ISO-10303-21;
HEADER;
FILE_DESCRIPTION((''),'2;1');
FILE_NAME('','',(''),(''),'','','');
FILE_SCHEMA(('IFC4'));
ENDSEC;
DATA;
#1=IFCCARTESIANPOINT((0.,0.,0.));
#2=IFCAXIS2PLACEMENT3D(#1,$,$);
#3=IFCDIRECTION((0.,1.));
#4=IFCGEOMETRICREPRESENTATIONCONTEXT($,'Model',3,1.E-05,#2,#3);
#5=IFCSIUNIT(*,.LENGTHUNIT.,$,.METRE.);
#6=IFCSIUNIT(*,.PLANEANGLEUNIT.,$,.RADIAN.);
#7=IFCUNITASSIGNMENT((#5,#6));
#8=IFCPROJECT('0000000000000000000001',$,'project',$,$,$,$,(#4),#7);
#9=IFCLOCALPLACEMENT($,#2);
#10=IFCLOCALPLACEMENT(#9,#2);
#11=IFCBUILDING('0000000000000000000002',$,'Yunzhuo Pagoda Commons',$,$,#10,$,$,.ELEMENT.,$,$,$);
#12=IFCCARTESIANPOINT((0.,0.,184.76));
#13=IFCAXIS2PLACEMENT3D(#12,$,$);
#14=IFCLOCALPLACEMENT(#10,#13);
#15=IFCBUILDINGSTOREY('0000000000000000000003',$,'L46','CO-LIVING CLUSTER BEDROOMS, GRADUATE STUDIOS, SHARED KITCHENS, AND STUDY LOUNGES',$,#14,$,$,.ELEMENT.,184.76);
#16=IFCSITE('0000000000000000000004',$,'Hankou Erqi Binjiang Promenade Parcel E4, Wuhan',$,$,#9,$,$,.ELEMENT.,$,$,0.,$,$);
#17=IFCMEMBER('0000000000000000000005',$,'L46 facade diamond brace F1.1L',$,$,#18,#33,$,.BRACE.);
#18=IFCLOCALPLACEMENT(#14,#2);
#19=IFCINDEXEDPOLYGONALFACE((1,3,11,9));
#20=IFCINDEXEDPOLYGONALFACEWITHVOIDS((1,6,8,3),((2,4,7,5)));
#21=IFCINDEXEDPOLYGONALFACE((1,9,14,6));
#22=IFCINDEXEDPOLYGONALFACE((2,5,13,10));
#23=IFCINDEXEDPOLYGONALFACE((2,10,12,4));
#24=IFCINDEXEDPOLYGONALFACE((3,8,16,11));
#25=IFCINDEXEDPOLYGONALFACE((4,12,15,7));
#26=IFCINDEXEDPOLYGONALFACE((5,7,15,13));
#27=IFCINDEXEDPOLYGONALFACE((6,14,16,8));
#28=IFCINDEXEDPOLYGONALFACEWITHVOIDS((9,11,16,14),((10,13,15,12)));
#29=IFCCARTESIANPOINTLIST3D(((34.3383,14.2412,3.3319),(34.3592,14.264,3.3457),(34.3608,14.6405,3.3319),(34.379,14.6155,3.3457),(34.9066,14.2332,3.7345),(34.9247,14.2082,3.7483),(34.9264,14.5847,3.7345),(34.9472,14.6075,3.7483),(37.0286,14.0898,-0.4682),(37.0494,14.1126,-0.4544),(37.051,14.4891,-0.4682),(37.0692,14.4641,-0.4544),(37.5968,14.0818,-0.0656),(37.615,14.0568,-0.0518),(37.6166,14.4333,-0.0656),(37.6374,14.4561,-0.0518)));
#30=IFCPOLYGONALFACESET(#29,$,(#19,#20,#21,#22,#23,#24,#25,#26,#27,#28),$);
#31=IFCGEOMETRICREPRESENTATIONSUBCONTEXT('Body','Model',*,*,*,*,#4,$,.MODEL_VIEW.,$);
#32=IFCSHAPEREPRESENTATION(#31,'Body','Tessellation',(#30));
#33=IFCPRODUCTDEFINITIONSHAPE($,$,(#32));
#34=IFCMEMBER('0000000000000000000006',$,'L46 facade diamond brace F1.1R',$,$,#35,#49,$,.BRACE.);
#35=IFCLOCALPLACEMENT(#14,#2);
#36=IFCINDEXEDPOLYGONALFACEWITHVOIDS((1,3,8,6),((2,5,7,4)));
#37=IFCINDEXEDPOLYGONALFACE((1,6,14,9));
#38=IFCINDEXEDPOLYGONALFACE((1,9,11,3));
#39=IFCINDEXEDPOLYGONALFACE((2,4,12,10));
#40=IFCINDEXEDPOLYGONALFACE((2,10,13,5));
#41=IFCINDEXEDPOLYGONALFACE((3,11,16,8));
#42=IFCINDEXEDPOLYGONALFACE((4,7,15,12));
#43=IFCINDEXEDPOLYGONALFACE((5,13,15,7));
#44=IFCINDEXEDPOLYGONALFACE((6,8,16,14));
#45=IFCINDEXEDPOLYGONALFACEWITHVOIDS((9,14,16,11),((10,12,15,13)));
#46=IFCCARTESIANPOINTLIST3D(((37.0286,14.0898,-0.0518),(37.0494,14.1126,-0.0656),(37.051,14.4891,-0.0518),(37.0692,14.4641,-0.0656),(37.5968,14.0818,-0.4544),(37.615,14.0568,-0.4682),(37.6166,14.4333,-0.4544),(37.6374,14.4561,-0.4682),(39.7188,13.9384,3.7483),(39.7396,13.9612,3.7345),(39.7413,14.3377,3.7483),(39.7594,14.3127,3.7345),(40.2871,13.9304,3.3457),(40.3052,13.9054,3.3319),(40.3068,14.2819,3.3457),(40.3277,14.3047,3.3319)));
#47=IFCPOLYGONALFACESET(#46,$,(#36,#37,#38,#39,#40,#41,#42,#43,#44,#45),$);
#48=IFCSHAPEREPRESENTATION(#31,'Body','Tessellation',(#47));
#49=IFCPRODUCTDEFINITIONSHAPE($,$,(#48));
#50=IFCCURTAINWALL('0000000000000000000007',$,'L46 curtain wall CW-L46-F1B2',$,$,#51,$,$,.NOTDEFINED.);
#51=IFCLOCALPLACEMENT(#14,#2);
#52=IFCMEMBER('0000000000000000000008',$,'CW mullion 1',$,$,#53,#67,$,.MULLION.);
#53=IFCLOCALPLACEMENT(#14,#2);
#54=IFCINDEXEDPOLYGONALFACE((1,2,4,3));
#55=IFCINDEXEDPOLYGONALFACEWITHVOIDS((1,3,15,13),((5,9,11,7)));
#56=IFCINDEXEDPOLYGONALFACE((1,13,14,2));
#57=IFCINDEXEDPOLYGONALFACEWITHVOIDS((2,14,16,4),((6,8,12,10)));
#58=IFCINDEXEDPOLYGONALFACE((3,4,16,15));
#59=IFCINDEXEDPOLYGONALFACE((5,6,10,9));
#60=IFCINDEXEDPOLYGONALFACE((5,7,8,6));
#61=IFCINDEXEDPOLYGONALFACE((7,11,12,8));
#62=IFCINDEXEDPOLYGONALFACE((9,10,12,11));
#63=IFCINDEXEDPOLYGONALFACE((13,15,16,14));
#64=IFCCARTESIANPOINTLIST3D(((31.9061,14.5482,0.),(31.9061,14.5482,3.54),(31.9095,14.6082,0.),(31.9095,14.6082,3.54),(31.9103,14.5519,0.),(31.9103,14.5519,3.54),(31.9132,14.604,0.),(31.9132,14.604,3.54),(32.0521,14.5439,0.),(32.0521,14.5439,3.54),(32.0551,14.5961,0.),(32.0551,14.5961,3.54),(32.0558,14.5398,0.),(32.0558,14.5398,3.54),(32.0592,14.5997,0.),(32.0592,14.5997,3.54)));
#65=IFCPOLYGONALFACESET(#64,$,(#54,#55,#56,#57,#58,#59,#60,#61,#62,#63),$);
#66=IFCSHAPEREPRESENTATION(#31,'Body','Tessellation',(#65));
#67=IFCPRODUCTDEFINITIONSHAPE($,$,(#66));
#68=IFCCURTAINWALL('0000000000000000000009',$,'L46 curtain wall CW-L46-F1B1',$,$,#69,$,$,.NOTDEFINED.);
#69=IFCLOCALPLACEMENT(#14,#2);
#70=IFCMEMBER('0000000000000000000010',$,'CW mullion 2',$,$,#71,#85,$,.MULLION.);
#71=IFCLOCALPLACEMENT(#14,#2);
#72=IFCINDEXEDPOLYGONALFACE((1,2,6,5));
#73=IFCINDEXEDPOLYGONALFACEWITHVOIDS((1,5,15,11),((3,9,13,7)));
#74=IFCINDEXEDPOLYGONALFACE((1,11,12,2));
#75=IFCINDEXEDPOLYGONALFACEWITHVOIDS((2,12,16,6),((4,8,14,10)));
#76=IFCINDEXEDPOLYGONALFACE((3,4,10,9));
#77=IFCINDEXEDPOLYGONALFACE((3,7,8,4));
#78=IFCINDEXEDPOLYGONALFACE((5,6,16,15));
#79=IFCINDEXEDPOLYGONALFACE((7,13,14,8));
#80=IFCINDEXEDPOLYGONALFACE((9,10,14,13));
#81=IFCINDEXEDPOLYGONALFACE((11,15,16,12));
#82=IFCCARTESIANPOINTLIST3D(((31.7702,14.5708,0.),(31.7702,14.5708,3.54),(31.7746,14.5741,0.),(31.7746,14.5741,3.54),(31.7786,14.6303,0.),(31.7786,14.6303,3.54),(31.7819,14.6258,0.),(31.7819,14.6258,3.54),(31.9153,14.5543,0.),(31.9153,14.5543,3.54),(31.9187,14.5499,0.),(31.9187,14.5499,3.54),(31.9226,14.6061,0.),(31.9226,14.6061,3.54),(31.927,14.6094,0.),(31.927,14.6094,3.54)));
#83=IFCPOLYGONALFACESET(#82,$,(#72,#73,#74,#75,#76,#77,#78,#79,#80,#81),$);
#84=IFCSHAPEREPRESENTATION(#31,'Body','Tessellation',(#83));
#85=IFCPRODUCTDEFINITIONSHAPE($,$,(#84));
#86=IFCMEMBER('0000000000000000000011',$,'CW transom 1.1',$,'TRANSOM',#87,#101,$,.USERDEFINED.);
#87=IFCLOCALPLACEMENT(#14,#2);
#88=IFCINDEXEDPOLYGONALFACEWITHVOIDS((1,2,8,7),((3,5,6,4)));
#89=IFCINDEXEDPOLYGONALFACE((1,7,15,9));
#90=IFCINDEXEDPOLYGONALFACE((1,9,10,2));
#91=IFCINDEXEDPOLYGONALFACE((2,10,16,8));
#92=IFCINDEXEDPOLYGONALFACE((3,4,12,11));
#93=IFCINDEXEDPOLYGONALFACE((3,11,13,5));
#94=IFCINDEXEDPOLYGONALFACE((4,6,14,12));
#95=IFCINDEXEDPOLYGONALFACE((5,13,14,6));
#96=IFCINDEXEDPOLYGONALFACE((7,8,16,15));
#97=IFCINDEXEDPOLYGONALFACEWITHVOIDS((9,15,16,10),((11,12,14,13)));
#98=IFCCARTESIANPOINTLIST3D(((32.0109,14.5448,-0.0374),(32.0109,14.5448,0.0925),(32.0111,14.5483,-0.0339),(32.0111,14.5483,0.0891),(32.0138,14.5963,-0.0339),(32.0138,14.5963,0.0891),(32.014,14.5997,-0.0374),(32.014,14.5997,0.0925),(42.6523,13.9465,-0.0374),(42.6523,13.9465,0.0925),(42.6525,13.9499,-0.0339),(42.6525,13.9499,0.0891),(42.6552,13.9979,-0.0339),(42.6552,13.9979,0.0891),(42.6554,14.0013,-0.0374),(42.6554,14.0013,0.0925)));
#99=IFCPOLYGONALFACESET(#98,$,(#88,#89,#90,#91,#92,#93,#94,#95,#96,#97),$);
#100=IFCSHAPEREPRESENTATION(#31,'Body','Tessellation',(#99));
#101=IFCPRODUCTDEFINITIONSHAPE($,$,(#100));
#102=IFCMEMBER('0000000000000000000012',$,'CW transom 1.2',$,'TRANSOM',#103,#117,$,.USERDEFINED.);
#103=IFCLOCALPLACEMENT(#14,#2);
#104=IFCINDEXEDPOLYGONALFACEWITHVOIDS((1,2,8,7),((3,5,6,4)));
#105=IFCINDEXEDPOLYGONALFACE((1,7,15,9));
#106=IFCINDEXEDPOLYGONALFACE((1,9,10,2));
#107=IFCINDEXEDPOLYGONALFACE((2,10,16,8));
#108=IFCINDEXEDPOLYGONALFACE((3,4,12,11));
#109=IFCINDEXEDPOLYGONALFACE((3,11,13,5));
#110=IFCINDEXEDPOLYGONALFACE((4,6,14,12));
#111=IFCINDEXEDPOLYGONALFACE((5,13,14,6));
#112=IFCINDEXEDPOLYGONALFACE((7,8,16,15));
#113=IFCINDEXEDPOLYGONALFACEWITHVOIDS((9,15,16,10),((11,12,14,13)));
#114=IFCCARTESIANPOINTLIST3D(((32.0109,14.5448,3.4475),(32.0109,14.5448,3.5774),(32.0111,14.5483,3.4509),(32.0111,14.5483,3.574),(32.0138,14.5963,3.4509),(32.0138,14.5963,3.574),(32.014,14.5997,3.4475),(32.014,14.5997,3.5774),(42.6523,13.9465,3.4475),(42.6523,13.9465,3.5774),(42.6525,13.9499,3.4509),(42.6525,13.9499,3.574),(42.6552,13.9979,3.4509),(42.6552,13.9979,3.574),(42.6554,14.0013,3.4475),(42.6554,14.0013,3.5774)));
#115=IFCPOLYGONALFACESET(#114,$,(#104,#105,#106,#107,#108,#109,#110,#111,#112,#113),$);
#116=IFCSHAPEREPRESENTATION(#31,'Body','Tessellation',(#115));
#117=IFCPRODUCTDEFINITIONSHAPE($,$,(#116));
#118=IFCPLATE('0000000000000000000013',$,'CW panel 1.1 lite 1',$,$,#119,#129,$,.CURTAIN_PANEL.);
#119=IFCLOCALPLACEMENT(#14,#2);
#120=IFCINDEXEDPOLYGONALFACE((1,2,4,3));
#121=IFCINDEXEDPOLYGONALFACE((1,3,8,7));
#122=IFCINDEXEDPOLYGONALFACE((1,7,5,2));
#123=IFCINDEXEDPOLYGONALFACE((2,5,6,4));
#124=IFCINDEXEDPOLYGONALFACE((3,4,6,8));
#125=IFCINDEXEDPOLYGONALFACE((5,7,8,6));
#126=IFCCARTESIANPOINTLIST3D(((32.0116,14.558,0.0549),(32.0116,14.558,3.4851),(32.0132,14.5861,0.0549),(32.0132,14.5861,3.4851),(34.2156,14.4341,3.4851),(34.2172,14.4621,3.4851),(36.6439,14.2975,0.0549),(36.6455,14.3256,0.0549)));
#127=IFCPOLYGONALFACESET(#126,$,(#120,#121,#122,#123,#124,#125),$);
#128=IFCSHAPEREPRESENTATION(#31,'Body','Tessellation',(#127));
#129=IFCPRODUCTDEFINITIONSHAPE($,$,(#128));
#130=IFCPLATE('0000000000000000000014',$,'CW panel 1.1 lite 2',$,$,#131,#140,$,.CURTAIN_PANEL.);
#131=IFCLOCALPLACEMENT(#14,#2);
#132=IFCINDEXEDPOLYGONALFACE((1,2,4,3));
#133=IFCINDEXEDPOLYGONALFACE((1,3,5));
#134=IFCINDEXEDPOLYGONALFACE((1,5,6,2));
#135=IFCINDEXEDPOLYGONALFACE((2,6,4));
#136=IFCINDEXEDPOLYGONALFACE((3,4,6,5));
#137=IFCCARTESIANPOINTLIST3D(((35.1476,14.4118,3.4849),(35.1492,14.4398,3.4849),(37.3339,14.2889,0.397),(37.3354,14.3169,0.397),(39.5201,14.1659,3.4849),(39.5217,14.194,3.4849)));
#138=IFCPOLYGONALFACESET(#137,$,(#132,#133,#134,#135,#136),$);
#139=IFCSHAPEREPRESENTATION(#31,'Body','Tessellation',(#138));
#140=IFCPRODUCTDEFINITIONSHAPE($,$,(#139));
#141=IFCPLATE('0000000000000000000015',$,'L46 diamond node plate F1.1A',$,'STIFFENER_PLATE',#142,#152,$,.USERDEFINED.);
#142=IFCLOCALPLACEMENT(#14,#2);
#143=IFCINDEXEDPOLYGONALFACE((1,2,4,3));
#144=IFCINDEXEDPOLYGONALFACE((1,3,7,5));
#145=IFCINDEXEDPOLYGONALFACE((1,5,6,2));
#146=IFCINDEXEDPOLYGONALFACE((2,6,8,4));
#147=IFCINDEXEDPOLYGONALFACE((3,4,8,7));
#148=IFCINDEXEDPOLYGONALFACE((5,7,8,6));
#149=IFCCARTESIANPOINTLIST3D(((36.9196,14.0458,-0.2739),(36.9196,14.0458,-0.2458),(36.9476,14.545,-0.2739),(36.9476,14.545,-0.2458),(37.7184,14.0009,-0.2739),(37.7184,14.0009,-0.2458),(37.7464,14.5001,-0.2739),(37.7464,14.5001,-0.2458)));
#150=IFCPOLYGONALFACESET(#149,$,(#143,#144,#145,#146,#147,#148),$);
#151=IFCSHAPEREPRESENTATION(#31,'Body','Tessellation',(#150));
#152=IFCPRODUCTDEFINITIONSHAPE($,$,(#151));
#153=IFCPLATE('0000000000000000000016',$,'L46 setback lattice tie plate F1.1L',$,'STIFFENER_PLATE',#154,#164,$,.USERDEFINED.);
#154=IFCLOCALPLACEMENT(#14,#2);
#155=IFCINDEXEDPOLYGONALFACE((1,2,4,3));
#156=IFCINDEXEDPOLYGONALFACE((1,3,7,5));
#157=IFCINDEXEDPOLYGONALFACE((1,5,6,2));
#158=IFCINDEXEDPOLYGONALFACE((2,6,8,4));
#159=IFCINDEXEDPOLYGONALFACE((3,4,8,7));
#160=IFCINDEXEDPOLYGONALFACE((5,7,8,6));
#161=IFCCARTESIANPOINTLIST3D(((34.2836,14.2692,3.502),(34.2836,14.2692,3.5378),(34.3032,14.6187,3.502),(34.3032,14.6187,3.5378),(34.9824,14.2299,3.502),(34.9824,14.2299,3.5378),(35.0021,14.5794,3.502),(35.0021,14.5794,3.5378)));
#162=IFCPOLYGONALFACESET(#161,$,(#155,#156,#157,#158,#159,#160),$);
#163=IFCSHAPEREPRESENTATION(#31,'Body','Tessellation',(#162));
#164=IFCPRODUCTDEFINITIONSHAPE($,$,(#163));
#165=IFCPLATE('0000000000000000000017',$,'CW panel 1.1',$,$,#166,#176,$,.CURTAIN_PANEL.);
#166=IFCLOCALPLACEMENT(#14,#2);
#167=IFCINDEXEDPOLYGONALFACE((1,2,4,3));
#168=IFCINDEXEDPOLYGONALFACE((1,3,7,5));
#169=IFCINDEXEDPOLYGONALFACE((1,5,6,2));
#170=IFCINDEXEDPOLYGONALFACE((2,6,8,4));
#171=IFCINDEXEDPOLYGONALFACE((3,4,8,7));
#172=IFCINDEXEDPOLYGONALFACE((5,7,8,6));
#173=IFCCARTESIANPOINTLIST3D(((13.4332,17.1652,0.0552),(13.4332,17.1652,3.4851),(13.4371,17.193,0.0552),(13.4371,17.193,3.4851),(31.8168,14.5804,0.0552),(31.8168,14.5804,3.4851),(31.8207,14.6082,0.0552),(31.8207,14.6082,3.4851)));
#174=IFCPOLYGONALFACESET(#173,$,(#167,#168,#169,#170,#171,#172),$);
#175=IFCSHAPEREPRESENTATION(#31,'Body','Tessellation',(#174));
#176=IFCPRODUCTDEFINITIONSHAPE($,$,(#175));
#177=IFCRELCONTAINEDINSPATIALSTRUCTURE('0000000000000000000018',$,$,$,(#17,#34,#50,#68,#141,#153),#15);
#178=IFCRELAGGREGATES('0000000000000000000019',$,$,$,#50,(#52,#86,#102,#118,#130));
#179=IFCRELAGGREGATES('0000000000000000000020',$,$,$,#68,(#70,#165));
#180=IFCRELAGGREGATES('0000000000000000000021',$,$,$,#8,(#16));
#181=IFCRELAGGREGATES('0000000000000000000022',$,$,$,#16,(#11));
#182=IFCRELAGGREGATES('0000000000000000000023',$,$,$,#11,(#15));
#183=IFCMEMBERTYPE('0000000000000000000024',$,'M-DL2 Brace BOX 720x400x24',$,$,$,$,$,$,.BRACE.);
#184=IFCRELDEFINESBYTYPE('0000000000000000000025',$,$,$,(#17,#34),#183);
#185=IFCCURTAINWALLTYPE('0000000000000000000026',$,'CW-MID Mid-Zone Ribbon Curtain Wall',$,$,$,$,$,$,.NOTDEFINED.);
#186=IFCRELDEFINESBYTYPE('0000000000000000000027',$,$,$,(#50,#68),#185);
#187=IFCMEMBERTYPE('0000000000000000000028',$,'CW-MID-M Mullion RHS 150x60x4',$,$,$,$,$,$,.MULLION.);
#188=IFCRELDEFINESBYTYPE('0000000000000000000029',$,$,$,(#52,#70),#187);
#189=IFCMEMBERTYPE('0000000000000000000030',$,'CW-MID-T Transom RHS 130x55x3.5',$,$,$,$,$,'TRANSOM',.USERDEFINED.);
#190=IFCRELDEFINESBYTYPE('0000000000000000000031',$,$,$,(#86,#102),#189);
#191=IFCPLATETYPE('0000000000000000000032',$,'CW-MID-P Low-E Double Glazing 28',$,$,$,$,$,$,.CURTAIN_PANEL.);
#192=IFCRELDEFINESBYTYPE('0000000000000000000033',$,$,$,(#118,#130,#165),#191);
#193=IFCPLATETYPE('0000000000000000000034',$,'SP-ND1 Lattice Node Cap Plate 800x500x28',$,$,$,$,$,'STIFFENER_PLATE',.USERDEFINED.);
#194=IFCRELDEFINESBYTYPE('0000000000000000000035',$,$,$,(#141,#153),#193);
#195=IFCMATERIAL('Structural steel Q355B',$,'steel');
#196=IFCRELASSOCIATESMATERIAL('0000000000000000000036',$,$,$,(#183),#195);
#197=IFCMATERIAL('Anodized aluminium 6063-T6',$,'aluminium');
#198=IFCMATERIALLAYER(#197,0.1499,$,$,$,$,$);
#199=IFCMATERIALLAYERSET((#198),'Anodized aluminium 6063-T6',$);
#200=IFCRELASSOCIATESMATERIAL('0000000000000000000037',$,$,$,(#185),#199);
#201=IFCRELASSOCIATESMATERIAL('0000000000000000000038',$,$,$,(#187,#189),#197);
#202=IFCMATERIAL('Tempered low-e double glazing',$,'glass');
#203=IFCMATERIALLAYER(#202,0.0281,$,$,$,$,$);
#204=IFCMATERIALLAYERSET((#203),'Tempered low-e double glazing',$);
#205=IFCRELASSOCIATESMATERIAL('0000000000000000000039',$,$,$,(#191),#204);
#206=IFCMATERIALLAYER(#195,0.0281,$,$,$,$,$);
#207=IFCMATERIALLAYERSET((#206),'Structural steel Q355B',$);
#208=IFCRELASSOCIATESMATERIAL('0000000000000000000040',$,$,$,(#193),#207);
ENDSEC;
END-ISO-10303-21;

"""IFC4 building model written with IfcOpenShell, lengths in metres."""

from ifc_helpers import new_model, si_unit, direction, frame, origin, origin_2d, place, context, subcontext, project, spatial, polyline, rectangle, hollow_rectangle, outline, extrude, source, transform, mapped, material, layer, layer_set, material_profile, profile_set, type_object, element, aggregate, save


model = new_model("IFC4")

# Units and contexts
model_context = context("Model", 3, precision=1e-05, world=origin(), true_north=direction((0.0, 1.0)))
body_context = subcontext(model_context, "Body", "Model", "MODEL_VIEW")
ifc_project = project(units=[si_unit("LENGTHUNIT", "METRE"), si_unit("PLANEANGLEUNIT", "RADIAN")], contexts=[model_context])

# Site, building, storey
site_placement = place(None, origin())
site = spatial("IfcSite", under=ifc_project, at=site_placement, Name="Hankou Erqi Binjiang Promenade Parcel E4, Wuhan", CompositionType="ELEMENT", RefElevation=0.0)
building_placement = place(site_placement, origin())
building = spatial("IfcBuilding", under=site, at=building_placement, Name="Yunzhuo Pagoda Commons", CompositionType="ELEMENT")
storey_placement = place(building_placement, frame((0.0, 0.0, 184.76)))
storey = spatial("IfcBuildingStorey", under=building, at=storey_placement, Name="L46", Description="CO-LIVING CLUSTER BEDROOMS, GRADUATE STUDIOS, SHARED KITCHENS, AND STUDY LOUNGES", CompositionType="ELEMENT", Elevation=184.76)

# Shared definitions
ifc_material_1 = material(Name="Structural steel Q355B", Category="steel")

# Members
ifc_material_profile_1 = material_profile(ifc_material_1, hollow_rectangle(XDim=0.3999, YDim=0.72, WallThickness=0.0239, at=origin_2d()), Name="Structural steel Q355B")
ifc_profile_set_1 = profile_set([ifc_material_profile_1], Name="Structural steel Q355B")
member_type_1 = type_object("IfcMemberType", Name="M-DL2 Brace BOX 720x400x24", PredefinedType="BRACE", material=ifc_profile_set_1)
shared_shape_1 = source(origin(), body_context, "Body", "SweptSolid", [
    extrude(hollow_rectangle(XDim=0.3999, YDim=0.72, WallThickness=0.0239, at=origin_2d()), origin(), (0.0, 0.0, 1.0), 4.6584),
])
for number, where, z_axis, x_axis, name in (
    (1, (37.333, 14.2729, -0.26), (-0.577495, 0.032494, 0.815747), (-0.056178, -0.998421, 0.0), "L46 facade diamond brace F1.1L"),
    (2, (37.333, 14.2729, -0.26), (0.577495, -0.032494, 0.815747), (0.056178, 0.998421, 0.0), "L46 facade diamond brace F1.1R"),
):
    element("IfcMember", number, at=place(storey_placement, frame(where, z_axis=z_axis, x_axis=x_axis)), inside=storey, type_object=member_type_1, Name=name, PredefinedType="BRACE", context=body_context, shape_type="MappedRepresentation", body=[
        mapped(shared_shape_1, transform((0.0, 0.0, 0.0), scale=1.0)),
    ])

# Curtain walls, members
ifc_material_2 = material(Name="Anodized aluminium 6063-T6", Category="aluminium")
ifc_layer_1 = layer(ifc_material_2, 0.1499)
ifc_layer_set_1 = layer_set([ifc_layer_1], Name="Anodized aluminium 6063-T6")
curtain_wall_type = type_object("IfcCurtainWallType", Name="CW-MID Mid-Zone Ribbon Curtain Wall", PredefinedType="NOTDEFINED", material=ifc_layer_set_1)
curtain_wall_1_placement = place(storey_placement, origin())
curtain_wall_1 = element("IfcCurtainWall", 3, at=curtain_wall_1_placement, inside=storey, type_object=curtain_wall_type, Name="L46 curtain wall CW-L46-F1B2", PredefinedType="NOTDEFINED")
ifc_material_profile_2 = material_profile(ifc_material_2, hollow_rectangle(XDim=0.0601, YDim=0.1499, WallThickness=0.0039, at=origin_2d()), Name="Anodized aluminium 6063-T6")
ifc_profile_set_2 = profile_set([ifc_material_profile_2], Name="Anodized aluminium 6063-T6")
member_type_2 = type_object("IfcMemberType", Name="CW-MID-M Mullion RHS 150x60x4", PredefinedType="MULLION", material=ifc_profile_set_2)
shared_shape_2 = source(origin(), body_context, "Body", "SweptSolid", [
    extrude(hollow_rectangle(XDim=0.0601, YDim=0.1499, WallThickness=0.0039, at=origin_2d()), origin(), (0.0, 0.0, 1.0), 3.54),
])
member_1_placement = place(storey_placement, frame((31.9827, 14.574, 0.0), z_axis=(0.0, 0.0, 1.0), x_axis=(0.056143, 0.998423, 0.0)))
member_1 = element("IfcMember", 4, at=member_1_placement, type_object=member_type_2, Name="CW mullion 1", PredefinedType="MULLION", context=body_context, shape_type="MappedRepresentation", body=[
    mapped(shared_shape_2, transform((0.0, 0.0, 0.0), scale=1.0)),
])
curtain_wall_2_placement = place(storey_placement, origin())
curtain_wall_2 = element("IfcCurtainWall", 5, at=curtain_wall_2_placement, inside=storey, type_object=curtain_wall_type, Name="L46 curtain wall CW-L46-F1B1", PredefinedType="NOTDEFINED")
member_2_placement = place(storey_placement, frame((31.8486, 14.5901, 0.0), z_axis=(0.0, 0.0, 1.0), x_axis=(0.139233, 0.99026, 0.0)))
member_2 = element("IfcMember", 6, at=member_2_placement, type_object=member_type_2, Name="CW mullion 2", PredefinedType="MULLION", context=body_context, shape_type="MappedRepresentation", body=[
    mapped(shared_shape_2, transform((0.0, 0.0, 0.0), scale=1.0)),
])

# Members
ifc_material_profile_3 = material_profile(ifc_material_2, hollow_rectangle(XDim=0.0549, YDim=0.1299, WallThickness=0.0034, at=origin_2d()), Name="Anodized aluminium 6063-T6")
ifc_profile_set_3 = profile_set([ifc_material_profile_3], Name="Anodized aluminium 6063-T6")
member_type_3 = type_object("IfcMemberType", Name="CW-MID-T Transom RHS 130x55x3.5", ElementType="TRANSOM", PredefinedType="USERDEFINED", material=ifc_profile_set_3)
shared_shape_3 = source(origin(), body_context, "Body", "SweptSolid", [
    extrude(hollow_rectangle(XDim=0.0549, YDim=0.1299, WallThickness=0.0034, at=origin_2d()), origin(), (0.0, 0.0, 1.0), 10.6582),
])
member_3_placement = place(storey_placement, frame((32.0125, 14.5723, 0.0276), z_axis=(0.998423, -0.056144, 0.0), x_axis=(0.056144, 0.998423, 0.0)))
member_3 = element("IfcMember", 7, at=member_3_placement, type_object=member_type_3, Name="CW transom 1.1", ObjectType="TRANSOM", PredefinedType="USERDEFINED", context=body_context, shape_type="MappedRepresentation", body=[
    mapped(shared_shape_3, transform((0.0, 0.0, 0.0), scale=1.0)),
])
member_4_placement = place(storey_placement, frame((32.0125, 14.5723, 3.5125), z_axis=(0.998423, -0.056144, 0.0), x_axis=(0.056144, 0.998423, 0.0)))
member_4 = element("IfcMember", 8, at=member_4_placement, type_object=member_type_3, Name="CW transom 1.2", ObjectType="TRANSOM", PredefinedType="USERDEFINED", context=body_context, shape_type="MappedRepresentation", body=[
    mapped(shared_shape_3, transform((0.0, 0.0, 0.0), scale=1.0)),
])

# Plates
ifc_material_3 = material(Name="Tempered low-e double glazing", Category="glass")
ifc_layer_2 = layer(ifc_material_3, 0.0281)
ifc_layer_set_2 = layer_set([ifc_layer_2], Name="Tempered low-e double glazing")
plate_type_1 = type_object("IfcPlateType", Name="CW-MID-P Low-E Double Glazing 28", PredefinedType="CURTAIN_PANEL", material=ifc_layer_set_2)
plate_1_placement = place(storey_placement, frame((34.3293, 14.4558, 1.77), z_axis=(-0.056143, -0.998423, 0.0), x_axis=(0.998423, -0.056143, 0.0)))
plate_1 = element("IfcPlate", 9, at=plate_1_placement, type_object=plate_type_1, Name="CW panel 1.1 lite 1", PredefinedType="CURTAIN_PANEL", context=body_context, shape_type="SweptSolid", body=[
    extrude(outline(polyline([(-2.3198, -1.7151), (2.3198, -1.7151), (-0.1123, 1.7151), (-2.3198, 1.7151), (-2.3198, -1.7151)])), origin(), (0.0, 0.0, 1.0), 0.0281),
])
plate_2_placement = place(storey_placement, frame((37.3354, 14.3169, 1.9409), z_axis=(-0.056143, -0.998423, 0.0), x_axis=(0.998423, -0.056143, 0.0)))
plate_2 = element("IfcPlate", 10, at=plate_2_placement, type_object=plate_type_1, Name="CW panel 1.1 lite 2", PredefinedType="CURTAIN_PANEL", context=body_context, shape_type="SweptSolid", body=[
    extrude(outline(polyline([(-2.1897, 1.5439), (0.0, -1.5439), (2.1897, 1.5439), (-2.1897, 1.5439)])), origin(), (0.0, 0.0, 1.0), 0.0281),
])
aggregate(curtain_wall_1, [member_1, member_3, member_4, plate_1, plate_2])

# Plates
ifc_layer_3 = layer(ifc_material_1, 0.0281)
ifc_layer_set_3 = layer_set([ifc_layer_3], Name="Structural steel Q355B")
plate_type_2 = type_object("IfcPlateType", Name="SP-ND1 Lattice Node Cap Plate 800x500x28", ElementType="STIFFENER_PLATE", PredefinedType="USERDEFINED", material=ifc_layer_set_3)
shared_shape_4 = source(origin(), body_context, "Body", "SweptSolid", [
    extrude(rectangle(XDim=0.8, YDim=0.5, at=origin_2d()), origin(), (0.0, 0.0, 1.0), 0.0281),
])
plate_3_placement = place(storey_placement, frame((37.333, 14.2729, -0.2739), z_axis=(0.0, 0.0, 1.0), x_axis=(0.998423, -0.056135, 0.0)))
element("IfcPlate", 11, at=plate_3_placement, inside=storey, type_object=plate_type_2, Name="L46 diamond node plate F1.1A", ObjectType="STIFFENER_PLATE", PredefinedType="USERDEFINED", context=body_context, shape_type="MappedRepresentation", body=[
    mapped(shared_shape_4, transform((0.0, 0.0, 0.0), scale=1.0)),
])
shared_shape_5 = source(origin(), body_context, "Body", "SweptSolid", [
    extrude(rectangle(XDim=0.7, YDim=0.3501, at=origin_2d()), origin(), (0.0, 0.0, 1.0), 0.0359),
])
plate_4_placement = place(storey_placement, frame((34.6428, 14.4243, 3.502), z_axis=(0.0, 0.0, 1.0), x_axis=(0.998423, -0.056135, 0.0)))
element("IfcPlate", 12, at=plate_4_placement, inside=storey, type_object=plate_type_2, Name="L46 setback lattice tie plate F1.1L", ObjectType="STIFFENER_PLATE", PredefinedType="USERDEFINED", context=body_context, shape_type="MappedRepresentation", body=[
    mapped(shared_shape_5, transform((0.0, 0.0, 0.0), scale=1.0)),
])

# Plate
shared_shape_6 = source(origin(), body_context, "Body", "SweptSolid", [
    extrude(rectangle(XDim=18.5645, YDim=0.0281, at=origin_2d()), origin(), (0.0, 0.0, 1.0), 3.4299),
])
plate_5_placement = place(storey_placement, frame((22.627, 15.8867, 0.0552), z_axis=(0.0, 0.0, 1.0), x_axis=(0.99026, -0.139233, 0.0)))
plate_5 = element("IfcPlate", 13, at=plate_5_placement, type_object=plate_type_1, Name="CW panel 1.1", PredefinedType="CURTAIN_PANEL", context=body_context, shape_type="MappedRepresentation", body=[
    mapped(shared_shape_6, transform((0.0, 0.0, 0.0), scale=1.0)),
])
aggregate(curtain_wall_2, [member_2, plate_5])

save(model, "model.ifc")
